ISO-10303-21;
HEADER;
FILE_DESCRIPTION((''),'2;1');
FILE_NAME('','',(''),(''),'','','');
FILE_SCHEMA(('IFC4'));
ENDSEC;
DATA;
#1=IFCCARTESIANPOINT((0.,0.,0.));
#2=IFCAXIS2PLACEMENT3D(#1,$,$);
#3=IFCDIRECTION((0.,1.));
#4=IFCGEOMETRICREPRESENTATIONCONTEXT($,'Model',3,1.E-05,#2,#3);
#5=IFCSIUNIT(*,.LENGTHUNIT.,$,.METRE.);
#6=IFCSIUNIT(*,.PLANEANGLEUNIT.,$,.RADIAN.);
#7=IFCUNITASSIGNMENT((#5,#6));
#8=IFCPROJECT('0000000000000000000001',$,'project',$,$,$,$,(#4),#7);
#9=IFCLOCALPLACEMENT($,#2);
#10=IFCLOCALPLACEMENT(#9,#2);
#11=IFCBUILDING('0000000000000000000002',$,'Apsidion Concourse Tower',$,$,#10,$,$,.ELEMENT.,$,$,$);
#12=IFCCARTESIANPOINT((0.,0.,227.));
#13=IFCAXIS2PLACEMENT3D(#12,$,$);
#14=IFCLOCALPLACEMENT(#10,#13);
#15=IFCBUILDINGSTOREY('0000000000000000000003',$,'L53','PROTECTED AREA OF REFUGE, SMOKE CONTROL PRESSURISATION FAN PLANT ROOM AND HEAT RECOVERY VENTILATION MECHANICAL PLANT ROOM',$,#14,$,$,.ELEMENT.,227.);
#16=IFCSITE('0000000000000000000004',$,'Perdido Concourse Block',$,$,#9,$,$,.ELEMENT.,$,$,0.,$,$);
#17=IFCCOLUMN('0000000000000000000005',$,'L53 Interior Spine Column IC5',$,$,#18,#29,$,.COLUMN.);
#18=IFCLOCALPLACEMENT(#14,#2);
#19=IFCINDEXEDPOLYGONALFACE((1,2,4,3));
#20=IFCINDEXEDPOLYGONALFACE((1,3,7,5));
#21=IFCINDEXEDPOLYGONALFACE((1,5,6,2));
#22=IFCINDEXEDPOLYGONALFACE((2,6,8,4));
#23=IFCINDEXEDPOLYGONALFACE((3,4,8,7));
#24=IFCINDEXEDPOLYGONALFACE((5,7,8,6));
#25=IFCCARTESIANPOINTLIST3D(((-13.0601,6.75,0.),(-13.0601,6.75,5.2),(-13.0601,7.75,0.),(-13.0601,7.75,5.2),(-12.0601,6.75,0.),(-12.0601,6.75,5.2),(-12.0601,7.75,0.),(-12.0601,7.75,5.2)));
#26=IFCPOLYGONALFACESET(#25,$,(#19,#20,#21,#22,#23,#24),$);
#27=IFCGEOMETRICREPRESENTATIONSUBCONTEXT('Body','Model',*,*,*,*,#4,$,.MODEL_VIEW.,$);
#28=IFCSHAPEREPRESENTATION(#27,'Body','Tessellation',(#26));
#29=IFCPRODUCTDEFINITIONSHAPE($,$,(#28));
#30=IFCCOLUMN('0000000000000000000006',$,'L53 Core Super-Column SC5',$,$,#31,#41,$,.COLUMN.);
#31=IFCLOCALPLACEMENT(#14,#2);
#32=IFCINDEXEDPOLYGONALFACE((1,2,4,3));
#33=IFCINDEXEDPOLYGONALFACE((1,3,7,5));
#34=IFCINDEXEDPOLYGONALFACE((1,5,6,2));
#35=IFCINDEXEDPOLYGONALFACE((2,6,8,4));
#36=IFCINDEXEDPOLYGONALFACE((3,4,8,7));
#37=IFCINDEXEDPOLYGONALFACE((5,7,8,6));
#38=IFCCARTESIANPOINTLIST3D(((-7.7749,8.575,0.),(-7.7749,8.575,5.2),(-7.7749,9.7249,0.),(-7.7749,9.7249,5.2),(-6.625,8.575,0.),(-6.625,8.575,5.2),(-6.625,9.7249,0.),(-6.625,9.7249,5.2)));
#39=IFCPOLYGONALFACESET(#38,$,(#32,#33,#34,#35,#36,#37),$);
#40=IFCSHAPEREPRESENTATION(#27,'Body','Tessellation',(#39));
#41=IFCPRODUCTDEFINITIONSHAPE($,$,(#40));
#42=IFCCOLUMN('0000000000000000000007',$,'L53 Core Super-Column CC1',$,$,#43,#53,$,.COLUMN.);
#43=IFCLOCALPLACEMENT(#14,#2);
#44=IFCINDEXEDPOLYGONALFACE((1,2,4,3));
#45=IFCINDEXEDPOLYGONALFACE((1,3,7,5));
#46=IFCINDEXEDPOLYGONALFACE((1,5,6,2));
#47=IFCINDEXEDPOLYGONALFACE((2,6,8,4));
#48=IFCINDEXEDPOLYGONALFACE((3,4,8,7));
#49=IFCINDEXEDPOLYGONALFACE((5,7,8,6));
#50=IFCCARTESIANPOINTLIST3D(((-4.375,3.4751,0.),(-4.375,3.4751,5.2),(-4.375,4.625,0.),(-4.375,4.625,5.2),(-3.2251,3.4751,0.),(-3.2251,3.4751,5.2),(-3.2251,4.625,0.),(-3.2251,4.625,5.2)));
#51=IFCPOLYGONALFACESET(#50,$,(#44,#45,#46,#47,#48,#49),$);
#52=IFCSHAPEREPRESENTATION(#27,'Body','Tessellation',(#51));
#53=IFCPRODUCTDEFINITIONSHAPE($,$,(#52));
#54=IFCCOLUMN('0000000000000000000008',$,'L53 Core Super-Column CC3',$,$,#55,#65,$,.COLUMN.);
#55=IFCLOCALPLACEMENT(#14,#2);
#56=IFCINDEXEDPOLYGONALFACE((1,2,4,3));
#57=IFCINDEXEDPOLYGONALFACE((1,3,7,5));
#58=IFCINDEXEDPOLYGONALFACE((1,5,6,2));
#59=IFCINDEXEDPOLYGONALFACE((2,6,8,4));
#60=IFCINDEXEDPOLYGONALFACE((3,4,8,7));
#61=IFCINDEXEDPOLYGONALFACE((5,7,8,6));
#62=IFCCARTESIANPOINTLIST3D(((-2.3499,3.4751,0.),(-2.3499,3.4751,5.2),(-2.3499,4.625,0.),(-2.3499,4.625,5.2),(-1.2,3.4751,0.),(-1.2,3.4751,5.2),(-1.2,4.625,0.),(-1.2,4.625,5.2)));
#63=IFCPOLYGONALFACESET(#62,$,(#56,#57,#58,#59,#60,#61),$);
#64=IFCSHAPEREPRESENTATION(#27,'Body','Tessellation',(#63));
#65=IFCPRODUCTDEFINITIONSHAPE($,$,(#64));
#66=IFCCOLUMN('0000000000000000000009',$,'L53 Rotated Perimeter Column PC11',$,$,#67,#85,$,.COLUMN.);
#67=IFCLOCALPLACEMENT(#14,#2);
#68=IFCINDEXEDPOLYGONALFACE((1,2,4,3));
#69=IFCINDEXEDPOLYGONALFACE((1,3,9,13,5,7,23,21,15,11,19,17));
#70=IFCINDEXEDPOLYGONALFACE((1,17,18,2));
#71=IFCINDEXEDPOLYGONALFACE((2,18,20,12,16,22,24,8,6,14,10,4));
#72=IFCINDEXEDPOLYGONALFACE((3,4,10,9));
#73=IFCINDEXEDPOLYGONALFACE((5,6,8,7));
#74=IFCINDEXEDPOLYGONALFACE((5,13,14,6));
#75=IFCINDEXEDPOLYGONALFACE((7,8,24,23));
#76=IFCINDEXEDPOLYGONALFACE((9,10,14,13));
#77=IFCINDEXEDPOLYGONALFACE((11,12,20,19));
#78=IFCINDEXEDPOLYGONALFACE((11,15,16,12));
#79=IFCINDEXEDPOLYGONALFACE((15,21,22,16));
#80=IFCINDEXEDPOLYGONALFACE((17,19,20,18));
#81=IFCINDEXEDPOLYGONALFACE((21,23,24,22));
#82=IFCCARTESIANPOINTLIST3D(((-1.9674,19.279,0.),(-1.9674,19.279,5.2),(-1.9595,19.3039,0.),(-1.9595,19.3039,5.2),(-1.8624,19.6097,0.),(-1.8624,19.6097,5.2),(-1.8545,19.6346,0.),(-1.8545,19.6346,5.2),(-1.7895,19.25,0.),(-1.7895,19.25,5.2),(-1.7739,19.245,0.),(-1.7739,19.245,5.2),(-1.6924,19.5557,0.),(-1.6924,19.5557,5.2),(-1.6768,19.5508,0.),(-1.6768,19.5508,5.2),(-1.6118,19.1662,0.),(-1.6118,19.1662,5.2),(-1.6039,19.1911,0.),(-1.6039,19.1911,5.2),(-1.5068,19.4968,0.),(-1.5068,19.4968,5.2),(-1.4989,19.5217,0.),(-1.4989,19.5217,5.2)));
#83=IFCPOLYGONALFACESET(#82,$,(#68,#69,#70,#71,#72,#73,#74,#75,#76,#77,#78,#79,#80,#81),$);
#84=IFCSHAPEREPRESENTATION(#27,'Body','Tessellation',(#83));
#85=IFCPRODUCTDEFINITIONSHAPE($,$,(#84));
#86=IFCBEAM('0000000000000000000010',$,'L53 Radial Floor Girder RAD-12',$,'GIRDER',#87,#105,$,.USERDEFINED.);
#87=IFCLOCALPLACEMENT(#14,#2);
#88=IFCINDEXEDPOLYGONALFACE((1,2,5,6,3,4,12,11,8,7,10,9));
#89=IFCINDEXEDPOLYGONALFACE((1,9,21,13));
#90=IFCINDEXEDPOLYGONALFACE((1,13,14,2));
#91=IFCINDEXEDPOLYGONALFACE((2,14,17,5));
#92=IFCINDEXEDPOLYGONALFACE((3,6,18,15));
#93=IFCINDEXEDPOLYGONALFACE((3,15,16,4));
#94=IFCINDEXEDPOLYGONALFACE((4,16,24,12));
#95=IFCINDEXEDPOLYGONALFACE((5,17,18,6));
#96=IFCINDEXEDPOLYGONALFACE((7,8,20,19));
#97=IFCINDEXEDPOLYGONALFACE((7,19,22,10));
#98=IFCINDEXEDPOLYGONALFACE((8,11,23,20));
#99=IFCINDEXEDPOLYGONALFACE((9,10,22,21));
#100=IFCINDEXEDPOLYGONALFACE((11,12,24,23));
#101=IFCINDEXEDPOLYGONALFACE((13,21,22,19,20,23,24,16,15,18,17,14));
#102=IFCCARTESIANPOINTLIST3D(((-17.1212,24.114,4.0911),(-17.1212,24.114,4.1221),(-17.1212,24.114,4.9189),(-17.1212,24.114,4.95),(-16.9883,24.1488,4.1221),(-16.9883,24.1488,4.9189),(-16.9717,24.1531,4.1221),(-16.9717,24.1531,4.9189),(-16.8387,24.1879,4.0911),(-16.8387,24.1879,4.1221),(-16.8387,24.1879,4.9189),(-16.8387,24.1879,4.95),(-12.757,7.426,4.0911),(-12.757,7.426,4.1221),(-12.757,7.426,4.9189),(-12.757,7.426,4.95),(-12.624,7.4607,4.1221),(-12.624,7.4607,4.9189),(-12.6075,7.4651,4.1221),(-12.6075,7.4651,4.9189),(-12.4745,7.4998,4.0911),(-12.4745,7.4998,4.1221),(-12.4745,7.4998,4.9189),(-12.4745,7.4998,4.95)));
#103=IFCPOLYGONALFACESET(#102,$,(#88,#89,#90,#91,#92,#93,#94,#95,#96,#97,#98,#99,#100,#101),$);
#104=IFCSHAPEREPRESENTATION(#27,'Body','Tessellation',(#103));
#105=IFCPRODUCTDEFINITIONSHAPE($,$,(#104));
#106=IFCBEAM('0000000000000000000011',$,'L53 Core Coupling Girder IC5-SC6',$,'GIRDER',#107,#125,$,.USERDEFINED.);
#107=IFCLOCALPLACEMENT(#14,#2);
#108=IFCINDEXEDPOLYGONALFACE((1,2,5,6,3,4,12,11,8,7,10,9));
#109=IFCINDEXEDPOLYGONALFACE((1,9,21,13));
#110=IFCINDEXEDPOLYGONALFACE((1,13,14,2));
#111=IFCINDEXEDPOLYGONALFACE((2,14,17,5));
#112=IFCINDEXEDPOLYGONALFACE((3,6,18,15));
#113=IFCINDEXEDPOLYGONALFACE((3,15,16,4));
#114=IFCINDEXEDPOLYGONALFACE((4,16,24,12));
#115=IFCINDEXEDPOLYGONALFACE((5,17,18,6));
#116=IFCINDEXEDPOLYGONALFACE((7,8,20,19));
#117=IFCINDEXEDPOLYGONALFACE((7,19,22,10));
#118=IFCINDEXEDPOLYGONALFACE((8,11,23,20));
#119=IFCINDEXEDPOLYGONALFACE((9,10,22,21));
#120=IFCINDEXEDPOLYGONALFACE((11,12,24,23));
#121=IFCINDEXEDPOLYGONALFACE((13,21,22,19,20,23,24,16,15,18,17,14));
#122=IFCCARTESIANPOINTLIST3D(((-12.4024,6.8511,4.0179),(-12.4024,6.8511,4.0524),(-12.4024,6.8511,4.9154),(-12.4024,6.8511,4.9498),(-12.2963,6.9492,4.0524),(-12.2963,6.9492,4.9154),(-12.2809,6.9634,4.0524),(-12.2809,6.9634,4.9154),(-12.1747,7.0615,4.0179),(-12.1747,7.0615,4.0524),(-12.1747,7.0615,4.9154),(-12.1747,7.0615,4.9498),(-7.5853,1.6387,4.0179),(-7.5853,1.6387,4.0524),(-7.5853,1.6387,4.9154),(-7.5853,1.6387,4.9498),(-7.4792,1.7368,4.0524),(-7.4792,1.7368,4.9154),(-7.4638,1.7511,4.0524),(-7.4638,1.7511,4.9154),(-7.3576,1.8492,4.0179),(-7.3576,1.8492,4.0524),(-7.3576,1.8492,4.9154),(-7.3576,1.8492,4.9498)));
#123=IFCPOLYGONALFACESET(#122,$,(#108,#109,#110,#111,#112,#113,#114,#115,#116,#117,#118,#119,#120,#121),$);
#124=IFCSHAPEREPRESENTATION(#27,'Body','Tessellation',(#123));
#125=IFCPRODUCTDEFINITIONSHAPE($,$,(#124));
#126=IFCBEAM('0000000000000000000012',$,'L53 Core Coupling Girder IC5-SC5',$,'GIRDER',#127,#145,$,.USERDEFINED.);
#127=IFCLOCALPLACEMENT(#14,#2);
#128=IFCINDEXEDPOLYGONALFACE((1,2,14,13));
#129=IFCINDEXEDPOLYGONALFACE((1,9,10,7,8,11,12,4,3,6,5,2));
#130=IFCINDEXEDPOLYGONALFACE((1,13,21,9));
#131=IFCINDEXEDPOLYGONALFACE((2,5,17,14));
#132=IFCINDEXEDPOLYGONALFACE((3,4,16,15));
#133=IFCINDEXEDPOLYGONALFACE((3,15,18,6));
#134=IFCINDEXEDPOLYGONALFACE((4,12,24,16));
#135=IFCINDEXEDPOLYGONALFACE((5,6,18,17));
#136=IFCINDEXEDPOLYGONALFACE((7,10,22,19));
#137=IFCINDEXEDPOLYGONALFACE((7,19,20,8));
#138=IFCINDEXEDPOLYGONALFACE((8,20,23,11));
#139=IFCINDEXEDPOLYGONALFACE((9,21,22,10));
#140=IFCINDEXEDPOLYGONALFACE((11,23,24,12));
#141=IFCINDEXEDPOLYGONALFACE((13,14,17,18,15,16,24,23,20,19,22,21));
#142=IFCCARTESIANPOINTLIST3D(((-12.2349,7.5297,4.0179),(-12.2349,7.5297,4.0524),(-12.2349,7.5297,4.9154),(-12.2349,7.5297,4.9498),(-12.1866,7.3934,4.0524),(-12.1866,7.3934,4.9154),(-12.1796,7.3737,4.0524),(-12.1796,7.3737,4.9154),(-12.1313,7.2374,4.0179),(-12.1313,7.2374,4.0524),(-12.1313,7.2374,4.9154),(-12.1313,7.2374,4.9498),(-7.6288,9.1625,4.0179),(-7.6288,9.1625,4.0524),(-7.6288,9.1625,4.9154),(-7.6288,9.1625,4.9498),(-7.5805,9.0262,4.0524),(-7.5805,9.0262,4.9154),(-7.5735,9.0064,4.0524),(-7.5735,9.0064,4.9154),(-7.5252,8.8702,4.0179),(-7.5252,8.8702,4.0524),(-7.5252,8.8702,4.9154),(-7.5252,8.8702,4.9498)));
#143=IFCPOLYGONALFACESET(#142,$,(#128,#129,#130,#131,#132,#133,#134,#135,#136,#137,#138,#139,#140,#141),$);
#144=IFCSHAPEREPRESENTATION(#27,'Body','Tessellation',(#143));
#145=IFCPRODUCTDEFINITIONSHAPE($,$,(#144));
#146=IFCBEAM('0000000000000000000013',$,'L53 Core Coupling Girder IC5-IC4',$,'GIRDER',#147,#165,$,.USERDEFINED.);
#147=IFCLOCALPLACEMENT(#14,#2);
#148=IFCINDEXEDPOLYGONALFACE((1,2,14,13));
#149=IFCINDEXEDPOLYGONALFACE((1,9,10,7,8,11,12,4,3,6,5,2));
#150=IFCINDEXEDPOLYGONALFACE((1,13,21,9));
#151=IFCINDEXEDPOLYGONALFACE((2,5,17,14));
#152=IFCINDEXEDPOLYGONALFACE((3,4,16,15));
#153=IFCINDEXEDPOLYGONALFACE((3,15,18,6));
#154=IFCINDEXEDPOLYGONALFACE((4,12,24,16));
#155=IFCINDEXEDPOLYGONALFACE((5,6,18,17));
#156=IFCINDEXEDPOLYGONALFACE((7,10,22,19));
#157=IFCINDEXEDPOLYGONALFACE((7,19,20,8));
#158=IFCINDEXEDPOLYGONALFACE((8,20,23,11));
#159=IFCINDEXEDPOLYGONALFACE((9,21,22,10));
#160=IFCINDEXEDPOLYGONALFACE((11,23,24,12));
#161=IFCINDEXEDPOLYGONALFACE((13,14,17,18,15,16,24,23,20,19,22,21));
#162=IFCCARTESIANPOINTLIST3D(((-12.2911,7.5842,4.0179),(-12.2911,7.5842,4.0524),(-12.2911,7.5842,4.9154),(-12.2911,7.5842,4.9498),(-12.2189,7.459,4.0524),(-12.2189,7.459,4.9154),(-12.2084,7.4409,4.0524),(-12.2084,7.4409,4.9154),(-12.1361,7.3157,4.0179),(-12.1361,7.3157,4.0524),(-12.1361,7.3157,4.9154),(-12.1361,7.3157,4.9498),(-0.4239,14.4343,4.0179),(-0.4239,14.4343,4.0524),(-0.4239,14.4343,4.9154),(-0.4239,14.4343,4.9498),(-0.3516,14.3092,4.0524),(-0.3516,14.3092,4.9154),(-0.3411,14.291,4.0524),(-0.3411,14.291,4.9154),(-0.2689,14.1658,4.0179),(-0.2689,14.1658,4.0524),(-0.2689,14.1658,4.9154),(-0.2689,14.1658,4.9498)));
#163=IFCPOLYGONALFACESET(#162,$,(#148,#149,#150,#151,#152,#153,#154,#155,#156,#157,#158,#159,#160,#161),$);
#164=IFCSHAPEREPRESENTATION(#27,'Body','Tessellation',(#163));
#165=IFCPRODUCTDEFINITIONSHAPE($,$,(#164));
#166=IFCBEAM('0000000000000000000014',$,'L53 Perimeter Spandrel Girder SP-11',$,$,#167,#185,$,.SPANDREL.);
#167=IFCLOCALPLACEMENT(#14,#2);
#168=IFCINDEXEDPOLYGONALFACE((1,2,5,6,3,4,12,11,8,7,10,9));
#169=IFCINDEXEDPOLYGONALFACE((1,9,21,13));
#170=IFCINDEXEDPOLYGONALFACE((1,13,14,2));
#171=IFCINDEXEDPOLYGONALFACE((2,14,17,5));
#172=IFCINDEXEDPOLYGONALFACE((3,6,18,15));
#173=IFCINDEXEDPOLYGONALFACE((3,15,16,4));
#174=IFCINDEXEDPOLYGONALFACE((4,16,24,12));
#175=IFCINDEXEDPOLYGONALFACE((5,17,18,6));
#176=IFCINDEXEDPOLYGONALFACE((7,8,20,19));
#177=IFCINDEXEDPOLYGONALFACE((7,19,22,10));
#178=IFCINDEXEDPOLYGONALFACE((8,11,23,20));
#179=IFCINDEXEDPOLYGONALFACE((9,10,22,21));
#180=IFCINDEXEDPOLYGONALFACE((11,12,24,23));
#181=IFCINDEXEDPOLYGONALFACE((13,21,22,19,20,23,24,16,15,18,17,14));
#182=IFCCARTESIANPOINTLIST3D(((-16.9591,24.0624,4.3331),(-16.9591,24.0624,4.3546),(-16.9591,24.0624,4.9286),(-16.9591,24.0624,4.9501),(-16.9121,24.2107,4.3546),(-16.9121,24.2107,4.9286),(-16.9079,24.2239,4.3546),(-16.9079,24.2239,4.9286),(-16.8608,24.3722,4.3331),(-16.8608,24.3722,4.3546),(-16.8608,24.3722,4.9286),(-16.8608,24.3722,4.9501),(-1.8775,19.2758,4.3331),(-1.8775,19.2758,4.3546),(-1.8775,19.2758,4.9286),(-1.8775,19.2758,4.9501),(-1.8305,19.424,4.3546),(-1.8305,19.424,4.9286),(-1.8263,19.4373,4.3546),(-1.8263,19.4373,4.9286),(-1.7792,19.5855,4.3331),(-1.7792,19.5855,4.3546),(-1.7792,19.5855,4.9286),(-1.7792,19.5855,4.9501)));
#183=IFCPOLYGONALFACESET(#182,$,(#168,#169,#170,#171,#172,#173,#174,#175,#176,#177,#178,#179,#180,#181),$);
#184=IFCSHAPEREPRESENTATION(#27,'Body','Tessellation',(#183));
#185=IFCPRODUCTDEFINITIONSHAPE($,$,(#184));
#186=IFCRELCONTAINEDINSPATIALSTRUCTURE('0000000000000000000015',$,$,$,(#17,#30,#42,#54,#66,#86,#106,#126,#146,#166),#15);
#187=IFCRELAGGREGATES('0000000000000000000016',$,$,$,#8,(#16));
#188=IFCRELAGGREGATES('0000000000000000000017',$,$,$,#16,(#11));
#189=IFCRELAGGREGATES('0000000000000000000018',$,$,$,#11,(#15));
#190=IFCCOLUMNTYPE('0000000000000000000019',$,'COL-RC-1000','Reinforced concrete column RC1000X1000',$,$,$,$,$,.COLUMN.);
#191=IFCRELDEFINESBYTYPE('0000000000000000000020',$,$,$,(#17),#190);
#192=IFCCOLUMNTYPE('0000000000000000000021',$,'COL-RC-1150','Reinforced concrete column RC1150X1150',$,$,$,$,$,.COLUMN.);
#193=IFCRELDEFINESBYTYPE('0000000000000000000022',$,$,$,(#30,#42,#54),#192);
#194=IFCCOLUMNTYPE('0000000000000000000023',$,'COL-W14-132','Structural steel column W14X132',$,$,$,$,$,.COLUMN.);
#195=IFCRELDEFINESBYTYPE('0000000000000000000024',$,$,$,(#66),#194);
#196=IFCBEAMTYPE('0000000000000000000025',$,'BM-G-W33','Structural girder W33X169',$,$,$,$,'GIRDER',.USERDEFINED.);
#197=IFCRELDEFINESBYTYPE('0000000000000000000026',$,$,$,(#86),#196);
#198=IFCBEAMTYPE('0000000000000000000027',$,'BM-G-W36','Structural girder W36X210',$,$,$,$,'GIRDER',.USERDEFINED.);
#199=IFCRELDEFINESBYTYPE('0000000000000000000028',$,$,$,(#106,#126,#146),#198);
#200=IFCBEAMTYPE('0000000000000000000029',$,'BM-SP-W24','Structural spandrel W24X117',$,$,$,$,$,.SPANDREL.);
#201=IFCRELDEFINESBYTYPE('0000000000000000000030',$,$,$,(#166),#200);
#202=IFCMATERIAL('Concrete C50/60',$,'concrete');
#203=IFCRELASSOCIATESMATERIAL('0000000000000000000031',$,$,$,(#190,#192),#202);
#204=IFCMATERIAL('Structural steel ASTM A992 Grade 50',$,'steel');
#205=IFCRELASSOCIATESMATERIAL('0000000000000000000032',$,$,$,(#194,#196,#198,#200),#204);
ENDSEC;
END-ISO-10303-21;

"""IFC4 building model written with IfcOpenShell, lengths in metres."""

from ifc_helpers import new_model, si_unit, direction, frame, origin, origin_2d, place, context, subcontext, project, spatial, rectangle, i_section, extrude, material, material_profile, profile_set, type_object, element, save


model = new_model("IFC4")

# Units and contexts
model_context = context("Model", 3, precision=1e-05, world=origin(), true_north=direction((0.0, 1.0)))
body_context = subcontext(model_context, "Body", "Model", "MODEL_VIEW")
ifc_project = project(units=[si_unit("LENGTHUNIT", "METRE"), si_unit("PLANEANGLEUNIT", "RADIAN")], contexts=[model_context])

# Site, building, storey
site_placement = place(None, origin())
site = spatial("IfcSite", under=ifc_project, at=site_placement, Name="Perdido Concourse Block", CompositionType="ELEMENT", RefElevation=0.0)
building_placement = place(site_placement, origin())
building = spatial("IfcBuilding", under=site, at=building_placement, Name="Apsidion Concourse Tower", CompositionType="ELEMENT")
storey_placement = place(building_placement, frame((0.0, 0.0, 227.0)))
storey = spatial("IfcBuildingStorey", under=building, at=storey_placement, Name="L53", Description="PROTECTED AREA OF REFUGE, SMOKE CONTROL PRESSURISATION FAN PLANT ROOM AND HEAT RECOVERY VENTILATION MECHANICAL PLANT ROOM", CompositionType="ELEMENT", Elevation=227.0)

# Columns
ifc_material_1 = material(Name="Concrete C50/60", Category="concrete")
ifc_material_profile_1 = material_profile(ifc_material_1, rectangle(XDim=1.0, YDim=1.0, at=origin_2d()), Name="RC 1000x1000")
ifc_profile_set_1 = profile_set([ifc_material_profile_1], Name="Concrete C50/60")
column_type_1 = type_object("IfcColumnType", Name="COL-RC-1000", Description="Reinforced concrete column RC1000X1000", PredefinedType="COLUMN", material=ifc_profile_set_1)
column_1_placement = place(storey_placement, frame((-12.5601, 7.25, 0.0), z_axis=(0.0, 0.0, 1.0), x_axis=(1.0, 0.0, 0.0)))
element("IfcColumn", 1, at=column_1_placement, inside=storey, type_object=column_type_1, Name="L53 Interior Spine Column IC5", PredefinedType="COLUMN", context=body_context, shape_type="SweptSolid", body=[
    extrude(rectangle(XDim=1.0, YDim=1.0, at=origin_2d()), origin(), (0.0, 0.0, 1.0), 5.2),
])
ifc_material_profile_2 = material_profile(ifc_material_1, rectangle(XDim=1.1499, YDim=1.1499, at=origin_2d()), Name="RC 1150x1150")
ifc_profile_set_2 = profile_set([ifc_material_profile_2], Name="Concrete C50/60")
column_type_2 = type_object("IfcColumnType", Name="COL-RC-1150", Description="Reinforced concrete column RC1150X1150", PredefinedType="COLUMN", material=ifc_profile_set_2)
for number, where, z_axis, x_axis, name in (
    (2, (-7.2, 9.1499, 0.0), (0.0, 0.0, 1.0), (1.0, 0.0, 0.0), "L53 Core Super-Column SC5"),
    (3, (-3.8, 4.05, 0.0), (0.0, 0.0, 1.0), (1.0, 0.0, 0.0), "L53 Core Super-Column CC1"),
    (4, (-1.7749, 4.05, 0.0), (0.0, 0.0, 1.0), (1.0, 0.0, 0.0), "L53 Core Super-Column CC3"),
):
    element("IfcColumn", number, at=place(storey_placement, frame(where, z_axis=z_axis, x_axis=x_axis)), inside=storey, type_object=column_type_2, Name=name, PredefinedType="COLUMN", context=body_context, shape_type="SweptSolid", body=[
        extrude(rectangle(XDim=1.1499, YDim=1.1499, at=origin_2d()), origin(), (0.0, 0.0, 1.0), 5.2),
    ])
ifc_material_2 = material(Name="Structural steel ASTM A992 Grade 50", Category="steel")
ifc_material_profile_3 = material_profile(ifc_material_2, i_section(OverallWidth=0.373, OverallDepth=0.373, WebThickness=0.0164, FlangeThickness=0.0261, at=origin_2d()), Name="W14X132")
ifc_profile_set_3 = profile_set([ifc_material_profile_3], Name="Structural steel ASTM A992 Grade 50")
column_type_3 = type_object("IfcColumnType", Name="COL-W14-132", Description="Structural steel column W14X132", PredefinedType="COLUMN", material=ifc_profile_set_3)
column_2_placement = place(storey_placement, frame((-1.7332, 19.4004, 0.0), z_axis=(0.0, 0.0, 1.0), x_axis=(-0.953138, 0.302536, 0.0)))
element("IfcColumn", 5, at=column_2_placement, inside=storey, type_object=column_type_3, Name="L53 Rotated Perimeter Column PC11", PredefinedType="COLUMN", context=body_context, shape_type="SweptSolid", body=[
    extrude(i_section(OverallWidth=0.373, OverallDepth=0.373, WebThickness=0.0164, FlangeThickness=0.0261, at=origin_2d()), origin(), (0.0, 0.0, 1.0), 5.2),
])

# Beams
ifc_material_profile_4 = material_profile(ifc_material_2, i_section(OverallWidth=0.292, OverallDepth=0.8589, WebThickness=0.0171, FlangeThickness=0.031, at=origin_2d()), Name="W33X169")
ifc_profile_set_4 = profile_set([ifc_material_profile_4], Name="Structural steel ASTM A992 Grade 50")
beam_type_1 = type_object("IfcBeamType", Name="BM-G-W33", Description="Structural girder W33X169", ElementType="GIRDER", PredefinedType="USERDEFINED", material=ifc_profile_set_4)
beam_1_placement = place(storey_placement, frame((-12.6157, 7.4629, 4.5205), z_axis=(-0.253012, 0.967463, 0.0), x_axis=(-0.967463, -0.253012, 0.0)))
element("IfcBeam", 6, at=beam_1_placement, inside=storey, type_object=beam_type_1, Name="L53 Radial Floor Girder RAD-12", ObjectType="GIRDER", PredefinedType="USERDEFINED", context=body_context, shape_type="SweptSolid", body=[
    extrude(i_section(OverallWidth=0.292, OverallDepth=0.8589, WebThickness=0.0171, FlangeThickness=0.031, at=origin_2d()), origin(), (0.0, 0.0, 1.0), 17.2493),
])
ifc_material_profile_5 = material_profile(ifc_material_2, i_section(OverallWidth=0.3101, OverallDepth=0.9319, WebThickness=0.021, FlangeThickness=0.0344, at=origin_2d()), Name="W36X210")
ifc_profile_set_5 = profile_set([ifc_material_profile_5], Name="Structural steel ASTM A992 Grade 50")
beam_type_2 = type_object("IfcBeamType", Name="BM-G-W36", Description="Structural girder W36X210", ElementType="GIRDER", PredefinedType="USERDEFINED", material=ifc_profile_set_5)
beam_2_placement = place(storey_placement, frame((-12.2886, 6.9563, 4.4839), z_axis=(0.678713, -0.734404, 0.0), x_axis=(0.734404, 0.678713, 0.0)))
element("IfcBeam", 7, at=beam_2_placement, inside=storey, type_object=beam_type_2, Name="L53 Core Coupling Girder IC5-SC6", ObjectType="GIRDER", PredefinedType="USERDEFINED", context=body_context, shape_type="SweptSolid", body=[
    extrude(i_section(OverallWidth=0.3101, OverallDepth=0.9319, WebThickness=0.021, FlangeThickness=0.0344, at=origin_2d()), origin(), (0.0, 0.0, 1.0), 7.0974),
])
beam_3_placement = place(storey_placement, frame((-12.1831, 7.3835, 4.4839), z_axis=(0.942534, 0.334111, 0.0), x_axis=(-0.334111, 0.942534, 0.0)))
element("IfcBeam", 8, at=beam_3_placement, inside=storey, type_object=beam_type_2, Name="L53 Core Coupling Girder IC5-SC5", ObjectType="GIRDER", PredefinedType="USERDEFINED", context=body_context, shape_type="SweptSolid", body=[
    extrude(i_section(OverallWidth=0.3101, OverallDepth=0.9319, WebThickness=0.021, FlangeThickness=0.0344, at=origin_2d()), origin(), (0.0, 0.0, 1.0), 4.887),
])
beam_4_placement = place(storey_placement, frame((-12.2136, 7.45, 4.4839), z_axis=(0.86607, 0.499922, 0.0), x_axis=(-0.499922, 0.86607, 0.0)))
element("IfcBeam", 9, at=beam_4_placement, inside=storey, type_object=beam_type_2, Name="L53 Core Coupling Girder IC5-IC4", ObjectType="GIRDER", PredefinedType="USERDEFINED", context=body_context, shape_type="SweptSolid", body=[
    extrude(i_section(OverallWidth=0.3101, OverallDepth=0.9319, WebThickness=0.021, FlangeThickness=0.0344, at=origin_2d()), origin(), (0.0, 0.0, 1.0), 13.7024),
])
ifc_material_profile_6 = material_profile(ifc_material_2, i_section(OverallWidth=0.325, OverallDepth=0.6169, WebThickness=0.0139, FlangeThickness=0.0215, at=origin_2d()), Name="W24X117")
ifc_profile_set_6 = profile_set([ifc_material_profile_6], Name="Structural steel ASTM A992 Grade 50")
beam_type_3 = type_object("IfcBeamType", Name="BM-SP-W24", Description="Structural spandrel W24X117", PredefinedType="SPANDREL", material=ifc_profile_set_6)
beam_5_placement = place(storey_placement, frame((-1.8284, 19.4307, 4.6416), z_axis=(-0.953146, 0.302512, 0.0), x_axis=(-0.302512, -0.953146, 0.0)))
element("IfcBeam", 10, at=beam_5_placement, inside=storey, type_object=beam_type_3, Name="L53 Perimeter Spandrel Girder SP-11", PredefinedType="SPANDREL", context=body_context, shape_type="SweptSolid", body=[
    extrude(i_section(OverallWidth=0.325, OverallDepth=0.6169, WebThickness=0.0139, FlangeThickness=0.0215, at=origin_2d()), origin(), (0.0, 0.0, 1.0), 15.823),
])

save(model, "model.ifc")
